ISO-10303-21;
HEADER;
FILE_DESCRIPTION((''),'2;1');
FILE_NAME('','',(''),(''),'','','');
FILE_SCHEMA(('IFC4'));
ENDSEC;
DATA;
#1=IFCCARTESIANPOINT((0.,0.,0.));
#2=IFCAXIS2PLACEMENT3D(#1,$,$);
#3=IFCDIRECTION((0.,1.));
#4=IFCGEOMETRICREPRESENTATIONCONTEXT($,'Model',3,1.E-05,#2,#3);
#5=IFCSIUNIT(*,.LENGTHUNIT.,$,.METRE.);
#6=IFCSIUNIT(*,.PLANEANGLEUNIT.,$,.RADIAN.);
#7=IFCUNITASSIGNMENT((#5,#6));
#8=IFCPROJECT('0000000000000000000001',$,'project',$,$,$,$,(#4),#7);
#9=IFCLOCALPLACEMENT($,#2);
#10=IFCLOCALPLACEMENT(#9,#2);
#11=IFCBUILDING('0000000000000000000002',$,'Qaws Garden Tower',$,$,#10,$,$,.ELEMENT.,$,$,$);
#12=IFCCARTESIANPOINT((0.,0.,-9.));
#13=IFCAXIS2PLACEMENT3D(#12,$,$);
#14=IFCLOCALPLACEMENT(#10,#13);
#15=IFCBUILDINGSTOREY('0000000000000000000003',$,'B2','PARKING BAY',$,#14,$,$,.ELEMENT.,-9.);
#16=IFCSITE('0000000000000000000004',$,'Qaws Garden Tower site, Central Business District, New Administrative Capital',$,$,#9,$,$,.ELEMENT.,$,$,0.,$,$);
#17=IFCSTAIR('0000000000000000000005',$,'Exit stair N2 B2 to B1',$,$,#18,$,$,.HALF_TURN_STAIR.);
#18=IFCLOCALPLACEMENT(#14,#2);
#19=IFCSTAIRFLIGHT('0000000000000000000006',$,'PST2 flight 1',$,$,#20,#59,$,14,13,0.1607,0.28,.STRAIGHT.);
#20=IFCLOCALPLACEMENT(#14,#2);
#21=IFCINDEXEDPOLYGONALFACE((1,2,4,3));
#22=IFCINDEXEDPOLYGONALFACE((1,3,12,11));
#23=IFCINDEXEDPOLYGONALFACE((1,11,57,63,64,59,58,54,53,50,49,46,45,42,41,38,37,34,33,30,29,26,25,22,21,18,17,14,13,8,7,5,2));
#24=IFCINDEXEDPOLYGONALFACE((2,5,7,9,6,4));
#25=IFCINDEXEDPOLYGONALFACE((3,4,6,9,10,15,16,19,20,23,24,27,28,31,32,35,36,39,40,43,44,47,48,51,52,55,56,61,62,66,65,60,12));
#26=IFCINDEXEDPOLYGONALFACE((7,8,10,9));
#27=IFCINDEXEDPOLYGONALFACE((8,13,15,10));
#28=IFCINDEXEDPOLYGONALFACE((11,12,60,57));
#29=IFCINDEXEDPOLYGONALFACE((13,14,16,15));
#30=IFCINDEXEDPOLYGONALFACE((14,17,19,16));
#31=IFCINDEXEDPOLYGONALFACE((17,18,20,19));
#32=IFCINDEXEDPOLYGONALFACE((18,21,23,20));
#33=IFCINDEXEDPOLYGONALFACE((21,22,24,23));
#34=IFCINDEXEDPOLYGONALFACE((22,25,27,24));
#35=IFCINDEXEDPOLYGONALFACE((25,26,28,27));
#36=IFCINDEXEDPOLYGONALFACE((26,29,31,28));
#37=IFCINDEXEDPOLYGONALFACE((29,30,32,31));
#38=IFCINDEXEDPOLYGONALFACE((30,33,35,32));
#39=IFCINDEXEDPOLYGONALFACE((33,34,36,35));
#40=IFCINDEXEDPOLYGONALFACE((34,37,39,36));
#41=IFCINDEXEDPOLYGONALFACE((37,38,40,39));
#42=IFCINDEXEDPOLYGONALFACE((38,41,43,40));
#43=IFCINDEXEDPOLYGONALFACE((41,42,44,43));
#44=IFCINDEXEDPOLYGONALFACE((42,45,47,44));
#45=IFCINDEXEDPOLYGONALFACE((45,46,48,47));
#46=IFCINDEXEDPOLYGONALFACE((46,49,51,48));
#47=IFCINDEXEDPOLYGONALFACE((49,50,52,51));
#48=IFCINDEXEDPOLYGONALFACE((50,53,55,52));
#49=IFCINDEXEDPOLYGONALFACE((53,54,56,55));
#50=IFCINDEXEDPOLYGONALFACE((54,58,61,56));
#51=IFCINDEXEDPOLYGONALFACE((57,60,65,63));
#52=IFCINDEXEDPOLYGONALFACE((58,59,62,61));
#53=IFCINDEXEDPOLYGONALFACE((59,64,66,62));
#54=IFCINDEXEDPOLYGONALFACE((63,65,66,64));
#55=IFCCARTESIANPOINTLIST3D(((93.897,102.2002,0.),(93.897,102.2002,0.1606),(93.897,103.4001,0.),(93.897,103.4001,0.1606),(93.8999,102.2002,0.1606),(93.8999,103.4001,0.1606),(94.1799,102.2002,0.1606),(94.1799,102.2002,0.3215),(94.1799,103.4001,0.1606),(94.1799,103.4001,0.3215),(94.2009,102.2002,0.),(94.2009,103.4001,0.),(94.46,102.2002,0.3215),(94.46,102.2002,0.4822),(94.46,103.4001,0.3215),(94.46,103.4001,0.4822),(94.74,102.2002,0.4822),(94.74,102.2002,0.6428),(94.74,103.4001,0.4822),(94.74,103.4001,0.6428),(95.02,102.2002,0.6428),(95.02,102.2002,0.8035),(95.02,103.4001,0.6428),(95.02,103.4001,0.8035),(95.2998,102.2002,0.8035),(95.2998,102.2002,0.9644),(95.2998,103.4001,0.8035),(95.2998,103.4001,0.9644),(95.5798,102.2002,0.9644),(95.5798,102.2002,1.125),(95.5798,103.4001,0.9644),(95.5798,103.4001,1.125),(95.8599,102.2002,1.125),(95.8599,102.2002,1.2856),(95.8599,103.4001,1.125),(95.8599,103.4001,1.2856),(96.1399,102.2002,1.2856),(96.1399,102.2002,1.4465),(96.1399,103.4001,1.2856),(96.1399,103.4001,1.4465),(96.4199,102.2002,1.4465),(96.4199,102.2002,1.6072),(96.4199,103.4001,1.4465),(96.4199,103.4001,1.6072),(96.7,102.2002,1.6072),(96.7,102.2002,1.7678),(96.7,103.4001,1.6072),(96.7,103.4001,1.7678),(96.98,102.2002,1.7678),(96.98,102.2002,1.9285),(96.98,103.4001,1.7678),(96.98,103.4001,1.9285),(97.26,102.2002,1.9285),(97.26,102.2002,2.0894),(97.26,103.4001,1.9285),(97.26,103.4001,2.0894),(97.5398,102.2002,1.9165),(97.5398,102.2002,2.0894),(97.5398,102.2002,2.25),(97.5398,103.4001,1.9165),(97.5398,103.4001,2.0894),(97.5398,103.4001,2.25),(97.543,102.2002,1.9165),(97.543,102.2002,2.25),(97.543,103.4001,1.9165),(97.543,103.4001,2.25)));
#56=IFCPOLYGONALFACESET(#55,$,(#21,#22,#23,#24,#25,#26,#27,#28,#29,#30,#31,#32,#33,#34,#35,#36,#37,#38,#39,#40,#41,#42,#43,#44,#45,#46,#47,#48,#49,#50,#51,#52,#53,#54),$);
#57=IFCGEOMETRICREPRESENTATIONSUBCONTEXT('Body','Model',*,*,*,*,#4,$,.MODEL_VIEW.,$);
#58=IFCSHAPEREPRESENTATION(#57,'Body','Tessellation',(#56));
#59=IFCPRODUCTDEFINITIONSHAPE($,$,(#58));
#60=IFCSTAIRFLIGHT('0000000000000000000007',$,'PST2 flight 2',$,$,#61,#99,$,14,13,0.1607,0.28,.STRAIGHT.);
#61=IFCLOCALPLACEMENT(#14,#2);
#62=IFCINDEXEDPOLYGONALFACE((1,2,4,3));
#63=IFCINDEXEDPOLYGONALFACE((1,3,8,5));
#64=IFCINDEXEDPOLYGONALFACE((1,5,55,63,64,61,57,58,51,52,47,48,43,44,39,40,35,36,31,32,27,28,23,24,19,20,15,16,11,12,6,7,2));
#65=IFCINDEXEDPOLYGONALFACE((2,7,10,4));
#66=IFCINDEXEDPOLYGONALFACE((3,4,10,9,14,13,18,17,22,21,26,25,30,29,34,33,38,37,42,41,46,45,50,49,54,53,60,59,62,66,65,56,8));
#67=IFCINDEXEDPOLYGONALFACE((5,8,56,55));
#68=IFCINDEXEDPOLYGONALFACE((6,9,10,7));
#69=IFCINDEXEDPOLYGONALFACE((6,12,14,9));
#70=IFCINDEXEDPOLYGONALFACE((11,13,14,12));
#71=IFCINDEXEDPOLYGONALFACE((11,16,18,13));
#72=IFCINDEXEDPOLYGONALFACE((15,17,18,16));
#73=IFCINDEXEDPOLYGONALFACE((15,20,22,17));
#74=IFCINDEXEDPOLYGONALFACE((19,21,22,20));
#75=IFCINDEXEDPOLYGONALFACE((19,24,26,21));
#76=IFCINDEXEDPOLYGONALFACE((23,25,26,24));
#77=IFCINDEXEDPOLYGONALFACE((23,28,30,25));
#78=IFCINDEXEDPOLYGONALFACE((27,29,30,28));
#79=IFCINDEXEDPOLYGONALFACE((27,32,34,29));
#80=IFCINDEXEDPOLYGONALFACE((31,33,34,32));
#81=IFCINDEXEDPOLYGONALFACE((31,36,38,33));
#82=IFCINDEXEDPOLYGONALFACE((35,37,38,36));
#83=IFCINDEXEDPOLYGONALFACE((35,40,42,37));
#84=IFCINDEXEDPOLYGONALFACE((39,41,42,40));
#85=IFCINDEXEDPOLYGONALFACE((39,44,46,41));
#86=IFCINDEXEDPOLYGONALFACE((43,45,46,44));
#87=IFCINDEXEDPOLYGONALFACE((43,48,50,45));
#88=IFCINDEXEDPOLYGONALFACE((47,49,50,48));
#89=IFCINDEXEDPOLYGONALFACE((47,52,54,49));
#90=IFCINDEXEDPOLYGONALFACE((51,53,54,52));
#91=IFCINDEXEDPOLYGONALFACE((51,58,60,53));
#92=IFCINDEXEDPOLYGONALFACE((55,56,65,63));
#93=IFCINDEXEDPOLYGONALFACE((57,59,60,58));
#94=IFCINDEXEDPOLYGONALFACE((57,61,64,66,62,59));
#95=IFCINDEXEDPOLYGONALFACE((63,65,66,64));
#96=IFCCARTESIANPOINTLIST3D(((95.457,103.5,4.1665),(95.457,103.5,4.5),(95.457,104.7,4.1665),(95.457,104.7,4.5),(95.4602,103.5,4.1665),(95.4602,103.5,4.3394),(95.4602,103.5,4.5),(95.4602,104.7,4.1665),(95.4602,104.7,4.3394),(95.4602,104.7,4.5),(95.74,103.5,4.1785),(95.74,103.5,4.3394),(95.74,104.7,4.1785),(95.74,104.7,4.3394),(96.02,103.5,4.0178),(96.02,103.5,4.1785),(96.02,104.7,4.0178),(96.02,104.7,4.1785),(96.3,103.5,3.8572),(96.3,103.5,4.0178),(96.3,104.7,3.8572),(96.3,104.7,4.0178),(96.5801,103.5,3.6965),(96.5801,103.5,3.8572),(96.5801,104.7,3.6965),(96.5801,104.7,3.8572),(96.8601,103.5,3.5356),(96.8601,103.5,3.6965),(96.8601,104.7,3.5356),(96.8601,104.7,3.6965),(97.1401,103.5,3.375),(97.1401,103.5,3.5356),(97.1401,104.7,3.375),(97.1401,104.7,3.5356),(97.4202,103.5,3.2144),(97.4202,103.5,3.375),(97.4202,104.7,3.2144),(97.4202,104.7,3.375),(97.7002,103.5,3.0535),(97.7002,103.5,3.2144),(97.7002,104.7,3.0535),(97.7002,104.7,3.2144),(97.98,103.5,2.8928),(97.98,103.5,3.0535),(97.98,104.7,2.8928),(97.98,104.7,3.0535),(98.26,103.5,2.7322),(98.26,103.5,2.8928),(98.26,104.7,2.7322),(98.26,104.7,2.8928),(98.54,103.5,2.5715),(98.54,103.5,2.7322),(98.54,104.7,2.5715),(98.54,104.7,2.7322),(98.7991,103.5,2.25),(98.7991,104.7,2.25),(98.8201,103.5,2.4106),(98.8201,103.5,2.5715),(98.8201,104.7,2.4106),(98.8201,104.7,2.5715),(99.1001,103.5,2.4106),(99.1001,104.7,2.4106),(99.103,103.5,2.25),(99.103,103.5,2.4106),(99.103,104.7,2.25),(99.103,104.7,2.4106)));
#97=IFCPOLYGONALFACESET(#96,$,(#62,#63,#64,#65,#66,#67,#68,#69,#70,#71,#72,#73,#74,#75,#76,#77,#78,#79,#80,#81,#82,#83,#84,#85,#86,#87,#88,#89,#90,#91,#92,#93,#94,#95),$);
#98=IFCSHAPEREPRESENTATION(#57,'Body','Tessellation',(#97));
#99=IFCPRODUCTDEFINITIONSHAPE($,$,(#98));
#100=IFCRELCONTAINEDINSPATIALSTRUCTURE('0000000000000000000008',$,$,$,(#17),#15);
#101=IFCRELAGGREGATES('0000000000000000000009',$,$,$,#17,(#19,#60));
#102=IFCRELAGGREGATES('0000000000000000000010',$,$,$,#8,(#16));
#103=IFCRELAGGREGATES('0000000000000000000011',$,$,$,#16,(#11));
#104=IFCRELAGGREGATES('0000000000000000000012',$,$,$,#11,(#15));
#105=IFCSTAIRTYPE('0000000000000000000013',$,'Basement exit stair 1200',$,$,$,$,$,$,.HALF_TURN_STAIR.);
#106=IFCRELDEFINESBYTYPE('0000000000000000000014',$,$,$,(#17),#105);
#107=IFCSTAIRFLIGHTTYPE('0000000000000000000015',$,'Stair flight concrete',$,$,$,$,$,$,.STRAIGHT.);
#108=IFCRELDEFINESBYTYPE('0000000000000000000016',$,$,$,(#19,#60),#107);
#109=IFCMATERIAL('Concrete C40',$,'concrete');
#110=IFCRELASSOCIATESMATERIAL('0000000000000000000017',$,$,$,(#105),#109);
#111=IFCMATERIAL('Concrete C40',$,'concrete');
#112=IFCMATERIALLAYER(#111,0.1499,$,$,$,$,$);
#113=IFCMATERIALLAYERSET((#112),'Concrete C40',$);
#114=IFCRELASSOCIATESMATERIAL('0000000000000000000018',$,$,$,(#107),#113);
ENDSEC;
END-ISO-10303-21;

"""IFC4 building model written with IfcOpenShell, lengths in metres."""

from ifc_helpers import new_model, si_unit, direction, frame, origin, place, context, subcontext, project, spatial, polyline, outline, extrude, material, layer, layer_set, type_object, element, aggregate, save


model = new_model("IFC4")

# Units and contexts
model_context = context("Model", 3, precision=1e-05, world=origin(), true_north=direction((0.0, 1.0)))
body_context = subcontext(model_context, "Body", "Model", "MODEL_VIEW")
ifc_project = project(units=[si_unit("LENGTHUNIT", "METRE"), si_unit("PLANEANGLEUNIT", "RADIAN")], contexts=[model_context])

# Site, building, storey
site_placement = place(None, origin())
site = spatial("IfcSite", under=ifc_project, at=site_placement, Name="Qaws Garden Tower site, Central Business District, New Administrative Capital", CompositionType="ELEMENT", RefElevation=0.0)
building_placement = place(site_placement, origin())
building = spatial("IfcBuilding", under=site, at=building_placement, Name="Qaws Garden Tower", CompositionType="ELEMENT")
storey_placement = place(building_placement, frame((0.0, 0.0, -9.0)))
storey = spatial("IfcBuildingStorey", under=building, at=storey_placement, Name="B2", Description="PARKING BAY", CompositionType="ELEMENT", Elevation=-9.0)

# Stair, stair flights
ifc_material_1 = material(Name="Concrete C40", Category="concrete")
stair_type = type_object("IfcStairType", Name="Basement exit stair 1200", PredefinedType="HALF_TURN_STAIR", material=ifc_material_1)
stair_placement = place(storey_placement, origin())
stair = element("IfcStair", 1, at=stair_placement, inside=storey, type_object=stair_type, Name="Exit stair N2 B2 to B1", PredefinedType="HALF_TURN_STAIR")
ifc_material_2 = material(Name="Concrete C40", Category="concrete")
ifc_layer_1 = layer(ifc_material_2, 0.1499)
ifc_layer_set_1 = layer_set([ifc_layer_1], Name="Concrete C40")
stair_flight_type = type_object("IfcStairFlightType", Name="Stair flight concrete", PredefinedType="STRAIGHT", material=ifc_layer_set_1)
stair_flight_1_placement = place(storey_placement, frame((93.8999, 102.8, 0.0), z_axis=(0.0, 0.0, 1.0), x_axis=(1.0, 0.0, 0.0)))
stair_flight_1 = element("IfcStairFlight", 2, at=stair_flight_1_placement, type_object=stair_flight_type, Name="PST2 flight 1", NumberOfRisers=14, NumberOfTreads=13, PredefinedType="STRAIGHT", RiserHeight=0.1607, TreadLength=0.28, context=body_context, shape_type="SweptSolid", body=[
    extrude(outline(polyline([(-0.0029, 0.0), (-0.0029, 0.1606), (0.0, 0.1606), (0.28, 0.1606), (0.28, 0.3215), (0.5601, 0.3215), (0.5601, 0.4822), (0.8401, 0.4822), (0.8401, 0.6428), (1.1201, 0.6428), (1.1201, 0.8035), (1.3999, 0.8035), (1.3999, 0.9644), (1.6799, 0.9644), (1.6799, 1.125), (1.96, 1.125), (1.96, 1.2856), (2.24, 1.2856), (2.24, 1.4465), (2.52, 1.4465), (2.52, 1.6072), (2.8, 1.6072), (2.8, 1.7678), (3.0801, 1.7678), (3.0801, 1.9285), (3.3601, 1.9285), (3.3601, 2.0894), (3.6399, 2.0894), (3.6399, 2.25), (3.6431, 2.25), (3.6431, 1.9165), (3.6399, 1.9165), (0.301, 0.0), (-0.0029, 0.0)])), frame((0.0, 0.6001, 0.0), z_axis=(0.0, -1.0, 0.0), x_axis=(1.0, 0.0, 0.0)), (0.0, 0.0, 1.0), 1.2),
])
stair_flight_2_placement = place(storey_placement, frame((99.1001, 104.1001, 2.25), z_axis=(0.0, 0.0, 1.0), x_axis=(-1.0, 0.0, 0.0)))
stair_flight_2 = element("IfcStairFlight", 3, at=stair_flight_2_placement, type_object=stair_flight_type, Name="PST2 flight 2", NumberOfRisers=14, NumberOfTreads=13, PredefinedType="STRAIGHT", RiserHeight=0.1607, TreadLength=0.28, context=body_context, shape_type="SweptSolid", body=[
    extrude(outline(polyline([(-0.0029, 0.0), (-0.0029, 0.1606), (0.0, 0.1606), (0.28, 0.1606), (0.28, 0.3215), (0.5601, 0.3215), (0.5601, 0.4822), (0.8401, 0.4822), (0.8401, 0.6428), (1.1201, 0.6428), (1.1201, 0.8035), (1.3999, 0.8035), (1.3999, 0.9644), (1.6799, 0.9644), (1.6799, 1.125), (1.96, 1.125), (1.96, 1.2856), (2.24, 1.2856), (2.24, 1.4465), (2.52, 1.4465), (2.52, 1.6072), (2.8, 1.6072), (2.8, 1.7678), (3.0801, 1.7678), (3.0801, 1.9285), (3.3601, 1.9285), (3.3601, 2.0894), (3.6399, 2.0894), (3.6399, 2.25), (3.6431, 2.25), (3.6431, 1.9165), (3.6399, 1.9165), (0.301, 0.0), (-0.0029, 0.0)])), frame((0.0, 0.6001, 0.0), z_axis=(0.0, -1.0, 0.0), x_axis=(1.0, 0.0, 0.0)), (0.0, 0.0, 1.0), 1.2),
])
aggregate(stair, [stair_flight_1, stair_flight_2])

save(model, "model.ifc")
